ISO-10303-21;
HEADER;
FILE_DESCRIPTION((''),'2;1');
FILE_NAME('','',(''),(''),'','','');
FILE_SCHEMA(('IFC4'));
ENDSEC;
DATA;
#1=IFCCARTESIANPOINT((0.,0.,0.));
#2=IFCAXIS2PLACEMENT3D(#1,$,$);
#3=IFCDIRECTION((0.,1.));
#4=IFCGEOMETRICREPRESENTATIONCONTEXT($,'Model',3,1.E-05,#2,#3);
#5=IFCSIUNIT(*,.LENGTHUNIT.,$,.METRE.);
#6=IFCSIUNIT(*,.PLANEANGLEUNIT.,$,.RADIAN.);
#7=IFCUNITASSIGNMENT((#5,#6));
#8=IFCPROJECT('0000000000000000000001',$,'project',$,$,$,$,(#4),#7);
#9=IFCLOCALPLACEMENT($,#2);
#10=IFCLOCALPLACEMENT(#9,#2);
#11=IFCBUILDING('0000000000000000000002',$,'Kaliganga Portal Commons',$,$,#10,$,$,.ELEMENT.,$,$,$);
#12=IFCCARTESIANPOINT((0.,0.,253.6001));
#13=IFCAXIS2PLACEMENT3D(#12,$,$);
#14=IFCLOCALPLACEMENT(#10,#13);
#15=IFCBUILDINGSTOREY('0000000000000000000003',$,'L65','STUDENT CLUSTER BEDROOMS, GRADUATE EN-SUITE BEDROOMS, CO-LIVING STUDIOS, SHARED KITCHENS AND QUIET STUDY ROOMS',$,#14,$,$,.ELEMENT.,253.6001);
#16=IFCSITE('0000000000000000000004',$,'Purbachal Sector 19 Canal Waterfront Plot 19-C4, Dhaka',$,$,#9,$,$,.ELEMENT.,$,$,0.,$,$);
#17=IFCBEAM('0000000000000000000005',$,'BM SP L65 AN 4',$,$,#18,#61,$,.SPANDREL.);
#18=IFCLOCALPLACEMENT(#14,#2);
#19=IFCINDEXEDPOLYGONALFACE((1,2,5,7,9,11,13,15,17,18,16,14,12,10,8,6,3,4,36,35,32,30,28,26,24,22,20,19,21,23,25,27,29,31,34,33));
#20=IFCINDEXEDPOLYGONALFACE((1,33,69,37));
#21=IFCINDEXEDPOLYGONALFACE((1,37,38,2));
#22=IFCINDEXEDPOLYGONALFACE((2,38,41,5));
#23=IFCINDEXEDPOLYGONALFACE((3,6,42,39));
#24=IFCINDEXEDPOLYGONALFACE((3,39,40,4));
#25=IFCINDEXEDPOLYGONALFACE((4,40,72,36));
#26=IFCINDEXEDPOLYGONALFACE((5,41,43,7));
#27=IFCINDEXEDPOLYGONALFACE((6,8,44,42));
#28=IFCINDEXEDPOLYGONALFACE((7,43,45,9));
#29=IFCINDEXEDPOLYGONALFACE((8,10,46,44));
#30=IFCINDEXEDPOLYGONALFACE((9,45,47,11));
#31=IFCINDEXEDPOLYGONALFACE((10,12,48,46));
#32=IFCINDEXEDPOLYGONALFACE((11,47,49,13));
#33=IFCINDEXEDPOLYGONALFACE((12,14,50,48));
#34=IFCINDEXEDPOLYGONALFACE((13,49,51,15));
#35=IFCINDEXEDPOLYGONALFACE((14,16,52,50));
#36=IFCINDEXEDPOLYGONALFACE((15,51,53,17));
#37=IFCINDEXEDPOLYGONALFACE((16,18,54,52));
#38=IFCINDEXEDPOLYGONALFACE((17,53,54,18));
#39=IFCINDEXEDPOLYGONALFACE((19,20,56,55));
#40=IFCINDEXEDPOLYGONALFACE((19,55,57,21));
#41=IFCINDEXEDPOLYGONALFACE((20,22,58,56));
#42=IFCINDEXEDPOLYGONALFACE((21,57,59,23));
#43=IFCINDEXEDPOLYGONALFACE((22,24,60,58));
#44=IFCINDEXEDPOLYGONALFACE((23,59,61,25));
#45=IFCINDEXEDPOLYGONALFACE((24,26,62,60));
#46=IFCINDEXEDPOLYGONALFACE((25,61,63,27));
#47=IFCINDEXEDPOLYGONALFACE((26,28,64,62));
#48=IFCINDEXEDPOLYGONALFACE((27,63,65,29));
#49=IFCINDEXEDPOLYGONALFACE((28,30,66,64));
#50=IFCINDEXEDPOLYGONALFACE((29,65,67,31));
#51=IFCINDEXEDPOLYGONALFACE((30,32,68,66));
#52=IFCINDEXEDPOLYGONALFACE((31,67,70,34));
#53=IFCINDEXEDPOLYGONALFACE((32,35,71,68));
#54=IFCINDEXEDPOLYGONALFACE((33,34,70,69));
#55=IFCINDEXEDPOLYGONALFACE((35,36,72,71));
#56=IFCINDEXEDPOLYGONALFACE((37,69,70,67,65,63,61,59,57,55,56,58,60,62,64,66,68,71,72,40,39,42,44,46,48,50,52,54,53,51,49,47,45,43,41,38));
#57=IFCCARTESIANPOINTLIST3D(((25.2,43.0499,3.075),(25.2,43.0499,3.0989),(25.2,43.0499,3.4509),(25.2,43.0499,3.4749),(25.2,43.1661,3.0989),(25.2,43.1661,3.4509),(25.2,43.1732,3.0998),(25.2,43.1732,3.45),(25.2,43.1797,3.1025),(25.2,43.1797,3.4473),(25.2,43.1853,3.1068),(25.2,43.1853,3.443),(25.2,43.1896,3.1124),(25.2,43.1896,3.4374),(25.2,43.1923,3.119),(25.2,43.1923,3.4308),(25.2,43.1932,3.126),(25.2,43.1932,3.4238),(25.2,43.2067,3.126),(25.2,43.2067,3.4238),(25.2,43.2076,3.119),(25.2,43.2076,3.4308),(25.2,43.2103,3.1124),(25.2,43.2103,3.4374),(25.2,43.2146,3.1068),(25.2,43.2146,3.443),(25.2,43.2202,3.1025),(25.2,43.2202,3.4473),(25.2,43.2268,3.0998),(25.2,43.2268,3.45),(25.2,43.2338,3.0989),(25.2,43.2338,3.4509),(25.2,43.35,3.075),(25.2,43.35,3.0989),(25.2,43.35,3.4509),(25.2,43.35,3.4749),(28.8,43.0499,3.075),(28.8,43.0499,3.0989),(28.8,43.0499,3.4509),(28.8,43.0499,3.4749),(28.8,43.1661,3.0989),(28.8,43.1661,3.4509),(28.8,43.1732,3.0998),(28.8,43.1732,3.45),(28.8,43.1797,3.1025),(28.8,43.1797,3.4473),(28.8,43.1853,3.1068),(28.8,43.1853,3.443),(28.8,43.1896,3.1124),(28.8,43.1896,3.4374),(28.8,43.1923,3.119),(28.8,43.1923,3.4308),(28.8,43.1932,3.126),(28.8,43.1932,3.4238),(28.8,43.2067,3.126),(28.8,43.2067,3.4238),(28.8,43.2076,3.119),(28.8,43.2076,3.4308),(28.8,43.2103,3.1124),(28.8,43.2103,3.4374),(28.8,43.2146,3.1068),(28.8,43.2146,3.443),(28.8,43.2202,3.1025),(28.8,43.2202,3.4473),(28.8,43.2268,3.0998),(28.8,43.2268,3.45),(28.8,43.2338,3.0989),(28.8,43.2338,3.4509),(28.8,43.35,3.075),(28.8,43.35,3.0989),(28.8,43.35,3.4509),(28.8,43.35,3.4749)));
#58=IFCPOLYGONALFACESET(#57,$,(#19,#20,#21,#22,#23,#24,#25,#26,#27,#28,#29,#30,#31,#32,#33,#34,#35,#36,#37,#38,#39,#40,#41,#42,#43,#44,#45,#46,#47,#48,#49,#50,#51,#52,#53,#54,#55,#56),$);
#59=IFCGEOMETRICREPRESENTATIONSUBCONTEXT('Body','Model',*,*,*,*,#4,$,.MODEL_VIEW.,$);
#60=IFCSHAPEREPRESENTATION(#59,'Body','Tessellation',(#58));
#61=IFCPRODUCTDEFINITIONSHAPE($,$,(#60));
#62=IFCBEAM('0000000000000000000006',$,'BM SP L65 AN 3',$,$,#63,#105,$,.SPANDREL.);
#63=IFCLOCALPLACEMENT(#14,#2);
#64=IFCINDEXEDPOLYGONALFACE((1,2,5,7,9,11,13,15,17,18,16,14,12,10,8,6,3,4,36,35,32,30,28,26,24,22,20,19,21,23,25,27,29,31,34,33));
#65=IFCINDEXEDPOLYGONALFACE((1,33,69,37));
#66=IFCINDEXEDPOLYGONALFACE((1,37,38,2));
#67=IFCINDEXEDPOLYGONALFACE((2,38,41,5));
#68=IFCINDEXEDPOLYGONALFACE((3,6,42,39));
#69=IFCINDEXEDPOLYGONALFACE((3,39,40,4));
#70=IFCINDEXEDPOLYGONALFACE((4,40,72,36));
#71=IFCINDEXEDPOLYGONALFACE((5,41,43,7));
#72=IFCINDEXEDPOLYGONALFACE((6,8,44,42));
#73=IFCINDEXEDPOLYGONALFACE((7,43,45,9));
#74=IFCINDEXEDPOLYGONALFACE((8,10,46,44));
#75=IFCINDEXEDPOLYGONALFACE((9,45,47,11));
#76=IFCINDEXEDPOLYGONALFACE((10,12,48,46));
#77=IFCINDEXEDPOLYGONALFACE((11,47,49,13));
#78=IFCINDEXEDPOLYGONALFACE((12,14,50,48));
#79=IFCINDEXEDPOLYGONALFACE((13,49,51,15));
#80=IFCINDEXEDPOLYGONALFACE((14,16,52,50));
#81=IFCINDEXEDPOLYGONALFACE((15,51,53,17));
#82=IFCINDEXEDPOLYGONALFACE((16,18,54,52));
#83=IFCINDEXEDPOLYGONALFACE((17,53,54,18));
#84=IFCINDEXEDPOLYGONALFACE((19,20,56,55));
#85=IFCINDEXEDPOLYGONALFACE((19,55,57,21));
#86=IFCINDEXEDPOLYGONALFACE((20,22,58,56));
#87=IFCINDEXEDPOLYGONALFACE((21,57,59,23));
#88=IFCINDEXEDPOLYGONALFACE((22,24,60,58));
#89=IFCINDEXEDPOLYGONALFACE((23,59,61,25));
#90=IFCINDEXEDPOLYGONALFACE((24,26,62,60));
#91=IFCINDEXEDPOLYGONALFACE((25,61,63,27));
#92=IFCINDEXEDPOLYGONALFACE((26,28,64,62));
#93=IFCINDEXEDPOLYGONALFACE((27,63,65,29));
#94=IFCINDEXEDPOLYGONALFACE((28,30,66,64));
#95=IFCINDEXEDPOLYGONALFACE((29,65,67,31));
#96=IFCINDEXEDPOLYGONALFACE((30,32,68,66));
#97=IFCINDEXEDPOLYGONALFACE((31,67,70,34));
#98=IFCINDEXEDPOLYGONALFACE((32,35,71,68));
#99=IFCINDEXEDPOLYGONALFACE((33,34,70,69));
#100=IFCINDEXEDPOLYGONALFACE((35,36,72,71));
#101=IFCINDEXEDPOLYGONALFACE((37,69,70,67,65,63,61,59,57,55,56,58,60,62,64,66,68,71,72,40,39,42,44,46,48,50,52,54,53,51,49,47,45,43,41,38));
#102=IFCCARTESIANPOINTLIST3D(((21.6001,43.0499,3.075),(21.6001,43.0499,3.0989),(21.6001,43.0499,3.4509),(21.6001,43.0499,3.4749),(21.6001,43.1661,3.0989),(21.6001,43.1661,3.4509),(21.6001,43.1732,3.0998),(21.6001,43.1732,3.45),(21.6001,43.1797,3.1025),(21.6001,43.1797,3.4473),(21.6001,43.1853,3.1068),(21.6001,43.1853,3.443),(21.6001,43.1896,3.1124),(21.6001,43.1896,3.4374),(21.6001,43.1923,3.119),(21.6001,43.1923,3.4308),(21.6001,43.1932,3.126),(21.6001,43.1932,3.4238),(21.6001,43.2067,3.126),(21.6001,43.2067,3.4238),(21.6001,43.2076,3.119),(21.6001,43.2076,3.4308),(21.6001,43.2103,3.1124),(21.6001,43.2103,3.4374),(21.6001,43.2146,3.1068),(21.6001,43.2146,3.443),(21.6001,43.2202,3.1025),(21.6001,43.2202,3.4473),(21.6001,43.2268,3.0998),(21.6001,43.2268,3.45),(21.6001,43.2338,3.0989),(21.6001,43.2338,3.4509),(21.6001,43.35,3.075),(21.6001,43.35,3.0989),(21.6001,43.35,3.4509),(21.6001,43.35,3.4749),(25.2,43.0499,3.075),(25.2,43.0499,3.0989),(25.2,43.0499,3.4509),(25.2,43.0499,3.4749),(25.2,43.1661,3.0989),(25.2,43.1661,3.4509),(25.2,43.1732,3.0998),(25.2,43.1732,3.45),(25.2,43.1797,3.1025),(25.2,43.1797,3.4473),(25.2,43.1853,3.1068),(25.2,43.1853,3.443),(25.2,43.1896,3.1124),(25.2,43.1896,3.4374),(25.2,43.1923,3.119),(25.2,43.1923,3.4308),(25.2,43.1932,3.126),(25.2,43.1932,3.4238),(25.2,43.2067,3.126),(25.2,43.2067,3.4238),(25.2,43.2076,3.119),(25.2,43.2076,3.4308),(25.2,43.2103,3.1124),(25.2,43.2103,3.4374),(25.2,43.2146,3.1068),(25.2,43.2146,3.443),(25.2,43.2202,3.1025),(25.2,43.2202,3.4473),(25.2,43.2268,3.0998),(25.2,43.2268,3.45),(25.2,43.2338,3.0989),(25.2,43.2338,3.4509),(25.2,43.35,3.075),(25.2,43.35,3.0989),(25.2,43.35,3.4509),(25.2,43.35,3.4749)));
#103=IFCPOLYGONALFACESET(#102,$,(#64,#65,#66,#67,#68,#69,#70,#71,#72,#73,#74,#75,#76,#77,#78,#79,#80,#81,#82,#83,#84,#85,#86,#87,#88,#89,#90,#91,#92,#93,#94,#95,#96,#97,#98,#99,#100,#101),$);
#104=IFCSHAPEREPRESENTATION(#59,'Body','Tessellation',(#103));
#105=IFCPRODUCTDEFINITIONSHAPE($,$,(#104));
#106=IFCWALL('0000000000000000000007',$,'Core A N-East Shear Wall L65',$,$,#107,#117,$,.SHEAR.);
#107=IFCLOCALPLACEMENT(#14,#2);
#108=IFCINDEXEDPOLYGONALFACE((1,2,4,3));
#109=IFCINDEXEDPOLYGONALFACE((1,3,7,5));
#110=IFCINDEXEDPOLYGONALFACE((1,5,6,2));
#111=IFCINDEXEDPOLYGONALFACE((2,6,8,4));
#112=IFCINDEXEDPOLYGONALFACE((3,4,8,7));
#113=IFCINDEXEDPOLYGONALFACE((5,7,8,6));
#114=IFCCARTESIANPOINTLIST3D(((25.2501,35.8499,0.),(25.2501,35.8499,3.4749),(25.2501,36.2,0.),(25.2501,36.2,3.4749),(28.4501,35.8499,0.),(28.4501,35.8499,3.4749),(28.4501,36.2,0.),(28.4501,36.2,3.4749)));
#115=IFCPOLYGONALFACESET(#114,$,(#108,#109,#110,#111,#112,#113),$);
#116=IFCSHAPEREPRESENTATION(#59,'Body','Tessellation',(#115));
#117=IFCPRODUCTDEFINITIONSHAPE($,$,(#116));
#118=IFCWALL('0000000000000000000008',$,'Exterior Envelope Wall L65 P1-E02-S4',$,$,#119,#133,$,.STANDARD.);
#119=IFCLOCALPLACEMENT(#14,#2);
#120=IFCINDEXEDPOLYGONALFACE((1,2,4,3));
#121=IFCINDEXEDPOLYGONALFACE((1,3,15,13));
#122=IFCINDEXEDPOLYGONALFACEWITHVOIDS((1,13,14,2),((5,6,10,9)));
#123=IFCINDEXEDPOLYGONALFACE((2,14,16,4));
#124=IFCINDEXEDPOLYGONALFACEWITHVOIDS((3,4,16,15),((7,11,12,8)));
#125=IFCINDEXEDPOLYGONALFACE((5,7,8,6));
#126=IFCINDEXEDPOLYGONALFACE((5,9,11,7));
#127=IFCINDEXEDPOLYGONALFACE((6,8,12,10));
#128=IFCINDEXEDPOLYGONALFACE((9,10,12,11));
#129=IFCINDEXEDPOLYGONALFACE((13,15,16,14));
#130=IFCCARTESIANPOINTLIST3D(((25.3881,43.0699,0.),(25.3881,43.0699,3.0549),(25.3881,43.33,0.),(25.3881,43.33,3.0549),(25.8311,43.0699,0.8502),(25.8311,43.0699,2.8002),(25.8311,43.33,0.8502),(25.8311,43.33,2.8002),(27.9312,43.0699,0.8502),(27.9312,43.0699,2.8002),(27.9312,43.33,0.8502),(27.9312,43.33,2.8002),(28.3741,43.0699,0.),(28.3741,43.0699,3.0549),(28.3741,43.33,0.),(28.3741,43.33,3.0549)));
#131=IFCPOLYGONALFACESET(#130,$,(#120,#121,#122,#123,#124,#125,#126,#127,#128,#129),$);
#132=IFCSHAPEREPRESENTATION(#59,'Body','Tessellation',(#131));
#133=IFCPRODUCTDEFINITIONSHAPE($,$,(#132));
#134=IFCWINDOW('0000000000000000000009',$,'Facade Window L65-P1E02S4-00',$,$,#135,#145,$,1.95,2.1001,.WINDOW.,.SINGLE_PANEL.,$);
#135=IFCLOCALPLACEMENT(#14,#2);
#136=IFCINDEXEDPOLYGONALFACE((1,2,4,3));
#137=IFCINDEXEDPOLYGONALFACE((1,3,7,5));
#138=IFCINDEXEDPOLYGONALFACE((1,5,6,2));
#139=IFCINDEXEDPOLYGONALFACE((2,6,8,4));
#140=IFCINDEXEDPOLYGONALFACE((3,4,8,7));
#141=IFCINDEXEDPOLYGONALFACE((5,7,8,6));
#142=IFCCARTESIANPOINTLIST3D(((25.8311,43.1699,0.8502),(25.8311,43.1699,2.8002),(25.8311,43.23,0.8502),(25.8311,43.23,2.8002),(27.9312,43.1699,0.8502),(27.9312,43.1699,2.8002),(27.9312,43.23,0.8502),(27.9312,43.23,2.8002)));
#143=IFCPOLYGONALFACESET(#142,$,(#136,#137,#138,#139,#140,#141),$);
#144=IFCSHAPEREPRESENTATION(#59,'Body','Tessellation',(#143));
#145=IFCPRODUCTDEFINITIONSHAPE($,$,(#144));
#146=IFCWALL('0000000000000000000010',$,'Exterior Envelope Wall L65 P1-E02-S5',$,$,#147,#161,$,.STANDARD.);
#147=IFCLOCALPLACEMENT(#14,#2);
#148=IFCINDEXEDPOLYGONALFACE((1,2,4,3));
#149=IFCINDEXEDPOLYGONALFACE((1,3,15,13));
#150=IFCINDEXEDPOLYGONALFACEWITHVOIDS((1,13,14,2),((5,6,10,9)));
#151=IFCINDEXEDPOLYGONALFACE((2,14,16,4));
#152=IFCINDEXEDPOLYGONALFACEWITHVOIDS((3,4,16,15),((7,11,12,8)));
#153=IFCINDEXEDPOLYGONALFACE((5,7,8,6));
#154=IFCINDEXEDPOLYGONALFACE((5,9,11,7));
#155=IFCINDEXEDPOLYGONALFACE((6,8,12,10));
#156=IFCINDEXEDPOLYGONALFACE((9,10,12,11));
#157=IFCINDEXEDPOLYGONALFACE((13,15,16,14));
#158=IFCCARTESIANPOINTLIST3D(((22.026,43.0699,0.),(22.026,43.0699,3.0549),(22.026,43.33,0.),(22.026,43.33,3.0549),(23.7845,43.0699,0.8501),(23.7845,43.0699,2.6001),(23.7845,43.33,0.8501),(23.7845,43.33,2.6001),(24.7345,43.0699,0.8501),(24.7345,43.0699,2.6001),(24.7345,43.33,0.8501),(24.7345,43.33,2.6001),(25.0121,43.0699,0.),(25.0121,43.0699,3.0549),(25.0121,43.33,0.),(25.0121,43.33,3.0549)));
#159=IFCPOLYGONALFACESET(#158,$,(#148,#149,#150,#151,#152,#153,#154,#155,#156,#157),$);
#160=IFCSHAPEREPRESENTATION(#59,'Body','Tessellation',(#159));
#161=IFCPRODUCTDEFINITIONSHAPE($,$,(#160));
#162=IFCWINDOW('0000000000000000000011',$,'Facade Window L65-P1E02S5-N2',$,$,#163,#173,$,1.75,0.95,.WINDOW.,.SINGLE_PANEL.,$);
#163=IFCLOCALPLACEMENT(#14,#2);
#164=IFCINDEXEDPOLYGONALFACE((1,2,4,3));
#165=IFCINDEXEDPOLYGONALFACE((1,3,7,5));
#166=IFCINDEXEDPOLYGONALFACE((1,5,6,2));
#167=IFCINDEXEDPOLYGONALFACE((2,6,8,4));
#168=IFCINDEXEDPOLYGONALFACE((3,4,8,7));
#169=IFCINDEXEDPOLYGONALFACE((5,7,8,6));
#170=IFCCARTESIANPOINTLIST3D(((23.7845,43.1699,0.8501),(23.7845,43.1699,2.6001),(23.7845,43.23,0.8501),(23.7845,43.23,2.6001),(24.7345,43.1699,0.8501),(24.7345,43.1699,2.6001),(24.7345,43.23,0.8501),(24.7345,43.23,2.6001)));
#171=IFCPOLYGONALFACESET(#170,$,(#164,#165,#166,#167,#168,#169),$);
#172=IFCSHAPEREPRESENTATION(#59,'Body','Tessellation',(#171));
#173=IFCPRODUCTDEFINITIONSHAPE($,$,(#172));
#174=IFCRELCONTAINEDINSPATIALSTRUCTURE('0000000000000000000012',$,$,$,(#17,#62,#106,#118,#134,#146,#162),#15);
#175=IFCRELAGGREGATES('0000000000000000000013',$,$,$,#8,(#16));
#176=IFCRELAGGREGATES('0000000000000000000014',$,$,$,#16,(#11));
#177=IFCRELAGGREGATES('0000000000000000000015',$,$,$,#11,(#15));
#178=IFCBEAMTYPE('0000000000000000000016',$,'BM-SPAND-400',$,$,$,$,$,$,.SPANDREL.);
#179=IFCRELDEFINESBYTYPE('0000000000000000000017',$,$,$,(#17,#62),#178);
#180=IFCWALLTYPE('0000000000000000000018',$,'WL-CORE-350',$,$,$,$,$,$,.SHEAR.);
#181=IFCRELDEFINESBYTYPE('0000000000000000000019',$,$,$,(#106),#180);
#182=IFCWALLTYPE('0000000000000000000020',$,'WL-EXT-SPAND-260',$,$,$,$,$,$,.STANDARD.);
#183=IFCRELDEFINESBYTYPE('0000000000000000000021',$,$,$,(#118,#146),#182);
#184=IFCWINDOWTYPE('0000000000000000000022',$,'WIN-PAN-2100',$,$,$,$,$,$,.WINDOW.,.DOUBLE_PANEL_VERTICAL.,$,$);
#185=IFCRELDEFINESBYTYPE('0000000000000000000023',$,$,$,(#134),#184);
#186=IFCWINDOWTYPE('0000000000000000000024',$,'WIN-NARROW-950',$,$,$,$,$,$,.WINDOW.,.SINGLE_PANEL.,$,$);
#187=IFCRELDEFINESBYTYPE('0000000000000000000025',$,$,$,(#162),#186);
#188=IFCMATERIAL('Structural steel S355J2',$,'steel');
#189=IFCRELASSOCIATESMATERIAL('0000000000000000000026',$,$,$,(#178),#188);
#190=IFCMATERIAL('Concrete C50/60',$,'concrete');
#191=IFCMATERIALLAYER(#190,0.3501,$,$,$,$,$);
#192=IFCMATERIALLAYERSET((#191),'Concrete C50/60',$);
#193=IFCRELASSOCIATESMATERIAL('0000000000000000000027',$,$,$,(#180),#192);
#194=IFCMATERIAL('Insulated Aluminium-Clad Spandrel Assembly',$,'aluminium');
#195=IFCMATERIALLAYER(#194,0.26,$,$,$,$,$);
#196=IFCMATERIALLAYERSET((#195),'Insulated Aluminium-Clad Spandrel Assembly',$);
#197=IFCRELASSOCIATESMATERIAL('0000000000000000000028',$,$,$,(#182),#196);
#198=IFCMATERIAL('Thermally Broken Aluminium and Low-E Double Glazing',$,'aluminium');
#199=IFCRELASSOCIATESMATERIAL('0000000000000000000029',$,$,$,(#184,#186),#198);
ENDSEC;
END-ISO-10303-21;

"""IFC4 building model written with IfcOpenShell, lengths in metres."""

from ifc_helpers import new_model, si_unit, direction, frame, frame_2d, origin, origin_2d, place, context, subcontext, project, spatial, rectangle, i_section, extrude, source, transform, mapped, material, layer, layer_set, material_profile, profile_set, type_object, element, fill, save


model = new_model("IFC4")

# Units and contexts
model_context = context("Model", 3, precision=1e-05, world=origin(), true_north=direction((0.0, 1.0)))
body_context = subcontext(model_context, "Body", "Model", "MODEL_VIEW")
ifc_project = project(units=[si_unit("LENGTHUNIT", "METRE"), si_unit("PLANEANGLEUNIT", "RADIAN")], contexts=[model_context])

# Site, building, storey
site_placement = place(None, origin())
site = spatial("IfcSite", under=ifc_project, at=site_placement, Name="Purbachal Sector 19 Canal Waterfront Plot 19-C4, Dhaka", CompositionType="ELEMENT", RefElevation=0.0)
building_placement = place(site_placement, origin())
building = spatial("IfcBuilding", under=site, at=building_placement, Name="Kaliganga Portal Commons", CompositionType="ELEMENT")
storey_placement = place(building_placement, frame((0.0, 0.0, 253.6001)))
storey = spatial("IfcBuildingStorey", under=building, at=storey_placement, Name="L65", Description="STUDENT CLUSTER BEDROOMS, GRADUATE EN-SUITE BEDROOMS, CO-LIVING STUDIOS, SHARED KITCHENS AND QUIET STUDY ROOMS", CompositionType="ELEMENT", Elevation=253.6001)

# Shared definitions
ifc_material_1 = material(Name="Concrete C50/60", Category="concrete")
ifc_material_2 = material(Name="Structural steel S355J2", Category="steel")

# Beams
ifc_material_profile_1 = material_profile(ifc_material_2, i_section(OverallWidth=0.3, OverallDepth=0.3999, WebThickness=0.0134, FlangeThickness=0.0239, FilletRadius=0.0271, at=origin_2d()), Name="HE 400 B")
ifc_profile_set_1 = profile_set([ifc_material_profile_1], Name="Structural steel S355J2 wide-flange")
beam_type = type_object("IfcBeamType", Name="BM-SPAND-400", PredefinedType="SPANDREL", material=ifc_profile_set_1)
shared_shape_1 = source(origin(), body_context, "Body", "SweptSolid", [
    extrude(i_section(OverallWidth=0.3, OverallDepth=0.3999, WebThickness=0.0134, FlangeThickness=0.0239, FilletRadius=0.0271, at=origin_2d()), origin(), (0.0, 0.0, 1.0), 3.6001),
])
for number, where, z_axis, x_axis, name in (
    (1, (25.2, 43.2, 3.2749), (1.0, 0.0, 0.0), (0.0, 1.0, 0.0), "BM SP L65 AN 4"),
):
    element("IfcBeam", number, at=place(storey_placement, frame(where, z_axis=z_axis, x_axis=x_axis)), inside=storey, type_object=beam_type, Name=name, PredefinedType="SPANDREL", context=body_context, shape_type="MappedRepresentation", body=[
        mapped(shared_shape_1, transform((0.0, 0.0, 0.0), x_axis=(1.0, 0.0, 0.0), y_axis=(0.0, 1.0, 0.0), z_axis=(0.0, 0.0, 1.0), scale=1.0)),
    ])
shared_shape_2 = source(origin(), body_context, "Body", "SweptSolid", [
    extrude(i_section(OverallWidth=0.3, OverallDepth=0.3999, WebThickness=0.0134, FlangeThickness=0.0239, FilletRadius=0.0271, at=origin_2d()), origin(), (0.0, 0.0, 1.0), 3.5999),
])
beam_placement = place(storey_placement, frame((21.6001, 43.2, 3.2749), z_axis=(1.0, 0.0, 0.0), x_axis=(0.0, 1.0, 0.0)))
element("IfcBeam", 2, at=beam_placement, inside=storey, type_object=beam_type, Name="BM SP L65 AN 3", PredefinedType="SPANDREL", context=body_context, shape_type="MappedRepresentation", body=[
    mapped(shared_shape_2, transform((0.0, 0.0, 0.0), x_axis=(1.0, 0.0, 0.0), y_axis=(0.0, 1.0, 0.0), z_axis=(0.0, 0.0, 1.0), scale=1.0)),
])

# Wall
ifc_layer_1 = layer(ifc_material_1, 0.3501)
ifc_layer_set_1 = layer_set([ifc_layer_1], Name="Concrete C50/60")
wall_type_1 = type_object("IfcWallType", Name="WL-CORE-350", PredefinedType="SHEAR", material=ifc_layer_set_1)
wall_1_placement = place(storey_placement, frame((25.25, 36.0249, 0.0), z_axis=(0.0, 0.0, 1.0), x_axis=(1.0, 0.0, 0.0)))
element("IfcWall", 3, at=wall_1_placement, inside=storey, type_object=wall_type_1, Name="Core A N-East Shear Wall L65", PredefinedType="SHEAR", context=body_context, shape_type="SweptSolid", body=[
    extrude(rectangle(XDim=3.2, YDim=0.3501, at=frame_2d((1.6001, 0.0))), origin(), (0.0, 0.0, 1.0), 3.4749),
])

# Walls, openings, windows
ifc_material_3 = material(Name="Insulated Aluminium-Clad Spandrel Assembly", Category="aluminium")
ifc_layer_2 = layer(ifc_material_3, 0.26)
ifc_layer_set_2 = layer_set([ifc_layer_2], Name="Insulated Aluminium-Clad Spandrel Assembly")
wall_type_2 = type_object("IfcWallType", Name="WL-EXT-SPAND-260", PredefinedType="STANDARD", material=ifc_layer_set_2)
wall_2_placement = place(storey_placement, frame((25.3879, 43.2, 0.0), z_axis=(0.0, 0.0, 1.0), x_axis=(1.0, 0.0, 0.0)))
wall_2 = element("IfcWall", 4, at=wall_2_placement, inside=storey, type_object=wall_type_2, Name="Exterior Envelope Wall L65 P1-E02-S4", PredefinedType="STANDARD", context=body_context, shape_type="SweptSolid", body=[
    extrude(rectangle(XDim=2.9861, YDim=0.26, at=frame_2d((1.4932, 0.0))), origin(), (0.0, 0.0, 1.0), 3.0549),
])
opening_1_placement = place(wall_2_placement, frame((0.4431, 0.0, 0.8501)))
opening_1 = element("IfcOpeningElement", 5, at=opening_1_placement, cuts=wall_2, PredefinedType="OPENING", context=body_context, shape_type="SweptSolid", body=[
    extrude(rectangle(XDim=2.1001, YDim=1.95, at=frame_2d((1.05, 0.9751))), frame((0.0, 0.1401, 0.0), z_axis=(0.0, -1.0, 0.0), x_axis=(1.0, 0.0, 0.0)), (0.0, 0.0, 1.0), 0.28),
])
ifc_material_4 = material(Name="Thermally Broken Aluminium and Low-E Double Glazing", Category="aluminium")
window_type_1 = type_object("IfcWindowType", Name="WIN-PAN-2100", PartitioningType="DOUBLE_PANEL_VERTICAL", PredefinedType="WINDOW", material=ifc_material_4)
window_1_placement = place(opening_1_placement, origin())
window_1 = element("IfcWindow", 6, at=window_1_placement, inside=storey, type_object=window_type_1, Name="Facade Window L65-P1E02S4-00", OverallHeight=1.95, OverallWidth=2.1001, PartitioningType="SINGLE_PANEL", PredefinedType="WINDOW", context=body_context, shape_type="SweptSolid", body=[
    extrude(rectangle(XDim=2.1001, YDim=1.95, at=frame_2d((1.05, 0.9751))), frame((0.0, 0.03, 0.0), z_axis=(0.0, -1.0, 0.0), x_axis=(1.0, 0.0, 0.0)), (0.0, 0.0, 1.0), 0.0601),
])
fill(opening_1, window_1)
wall_3_placement = place(storey_placement, frame((22.0259, 43.2, 0.0), z_axis=(0.0, 0.0, 1.0), x_axis=(1.0, 0.0, 0.0)))
wall_3 = element("IfcWall", 7, at=wall_3_placement, inside=storey, type_object=wall_type_2, Name="Exterior Envelope Wall L65 P1-E02-S5", PredefinedType="STANDARD", context=body_context, shape_type="SweptSolid", body=[
    extrude(rectangle(XDim=2.9861, YDim=0.26, at=frame_2d((1.4932, 0.0))), origin(), (0.0, 0.0, 1.0), 3.0549),
])
opening_2_placement = place(wall_3_placement, frame((1.7585, 0.0, 0.8501)))
opening_2 = element("IfcOpeningElement", 8, at=opening_2_placement, cuts=wall_3, PredefinedType="OPENING", context=body_context, shape_type="SweptSolid", body=[
    extrude(rectangle(XDim=0.95, YDim=1.75, at=frame_2d((0.4751, 0.875))), frame((0.0, 0.1401, 0.0), z_axis=(0.0, -1.0, 0.0), x_axis=(1.0, 0.0, 0.0)), (0.0, 0.0, 1.0), 0.28),
])
window_type_2 = type_object("IfcWindowType", Name="WIN-NARROW-950", PartitioningType="SINGLE_PANEL", PredefinedType="WINDOW", material=ifc_material_4)
window_2_placement = place(opening_2_placement, origin())
window_2 = element("IfcWindow", 9, at=window_2_placement, inside=storey, type_object=window_type_2, Name="Facade Window L65-P1E02S5-N2", OverallHeight=1.75, OverallWidth=0.95, PartitioningType="SINGLE_PANEL", PredefinedType="WINDOW", context=body_context, shape_type="SweptSolid", body=[
    extrude(rectangle(XDim=0.95, YDim=1.75, at=frame_2d((0.4751, 0.875))), frame((0.0, 0.03, 0.0), z_axis=(0.0, -1.0, 0.0), x_axis=(1.0, 0.0, 0.0)), (0.0, 0.0, 1.0), 0.0601),
])
fill(opening_2, window_2)

save(model, "model.ifc")
